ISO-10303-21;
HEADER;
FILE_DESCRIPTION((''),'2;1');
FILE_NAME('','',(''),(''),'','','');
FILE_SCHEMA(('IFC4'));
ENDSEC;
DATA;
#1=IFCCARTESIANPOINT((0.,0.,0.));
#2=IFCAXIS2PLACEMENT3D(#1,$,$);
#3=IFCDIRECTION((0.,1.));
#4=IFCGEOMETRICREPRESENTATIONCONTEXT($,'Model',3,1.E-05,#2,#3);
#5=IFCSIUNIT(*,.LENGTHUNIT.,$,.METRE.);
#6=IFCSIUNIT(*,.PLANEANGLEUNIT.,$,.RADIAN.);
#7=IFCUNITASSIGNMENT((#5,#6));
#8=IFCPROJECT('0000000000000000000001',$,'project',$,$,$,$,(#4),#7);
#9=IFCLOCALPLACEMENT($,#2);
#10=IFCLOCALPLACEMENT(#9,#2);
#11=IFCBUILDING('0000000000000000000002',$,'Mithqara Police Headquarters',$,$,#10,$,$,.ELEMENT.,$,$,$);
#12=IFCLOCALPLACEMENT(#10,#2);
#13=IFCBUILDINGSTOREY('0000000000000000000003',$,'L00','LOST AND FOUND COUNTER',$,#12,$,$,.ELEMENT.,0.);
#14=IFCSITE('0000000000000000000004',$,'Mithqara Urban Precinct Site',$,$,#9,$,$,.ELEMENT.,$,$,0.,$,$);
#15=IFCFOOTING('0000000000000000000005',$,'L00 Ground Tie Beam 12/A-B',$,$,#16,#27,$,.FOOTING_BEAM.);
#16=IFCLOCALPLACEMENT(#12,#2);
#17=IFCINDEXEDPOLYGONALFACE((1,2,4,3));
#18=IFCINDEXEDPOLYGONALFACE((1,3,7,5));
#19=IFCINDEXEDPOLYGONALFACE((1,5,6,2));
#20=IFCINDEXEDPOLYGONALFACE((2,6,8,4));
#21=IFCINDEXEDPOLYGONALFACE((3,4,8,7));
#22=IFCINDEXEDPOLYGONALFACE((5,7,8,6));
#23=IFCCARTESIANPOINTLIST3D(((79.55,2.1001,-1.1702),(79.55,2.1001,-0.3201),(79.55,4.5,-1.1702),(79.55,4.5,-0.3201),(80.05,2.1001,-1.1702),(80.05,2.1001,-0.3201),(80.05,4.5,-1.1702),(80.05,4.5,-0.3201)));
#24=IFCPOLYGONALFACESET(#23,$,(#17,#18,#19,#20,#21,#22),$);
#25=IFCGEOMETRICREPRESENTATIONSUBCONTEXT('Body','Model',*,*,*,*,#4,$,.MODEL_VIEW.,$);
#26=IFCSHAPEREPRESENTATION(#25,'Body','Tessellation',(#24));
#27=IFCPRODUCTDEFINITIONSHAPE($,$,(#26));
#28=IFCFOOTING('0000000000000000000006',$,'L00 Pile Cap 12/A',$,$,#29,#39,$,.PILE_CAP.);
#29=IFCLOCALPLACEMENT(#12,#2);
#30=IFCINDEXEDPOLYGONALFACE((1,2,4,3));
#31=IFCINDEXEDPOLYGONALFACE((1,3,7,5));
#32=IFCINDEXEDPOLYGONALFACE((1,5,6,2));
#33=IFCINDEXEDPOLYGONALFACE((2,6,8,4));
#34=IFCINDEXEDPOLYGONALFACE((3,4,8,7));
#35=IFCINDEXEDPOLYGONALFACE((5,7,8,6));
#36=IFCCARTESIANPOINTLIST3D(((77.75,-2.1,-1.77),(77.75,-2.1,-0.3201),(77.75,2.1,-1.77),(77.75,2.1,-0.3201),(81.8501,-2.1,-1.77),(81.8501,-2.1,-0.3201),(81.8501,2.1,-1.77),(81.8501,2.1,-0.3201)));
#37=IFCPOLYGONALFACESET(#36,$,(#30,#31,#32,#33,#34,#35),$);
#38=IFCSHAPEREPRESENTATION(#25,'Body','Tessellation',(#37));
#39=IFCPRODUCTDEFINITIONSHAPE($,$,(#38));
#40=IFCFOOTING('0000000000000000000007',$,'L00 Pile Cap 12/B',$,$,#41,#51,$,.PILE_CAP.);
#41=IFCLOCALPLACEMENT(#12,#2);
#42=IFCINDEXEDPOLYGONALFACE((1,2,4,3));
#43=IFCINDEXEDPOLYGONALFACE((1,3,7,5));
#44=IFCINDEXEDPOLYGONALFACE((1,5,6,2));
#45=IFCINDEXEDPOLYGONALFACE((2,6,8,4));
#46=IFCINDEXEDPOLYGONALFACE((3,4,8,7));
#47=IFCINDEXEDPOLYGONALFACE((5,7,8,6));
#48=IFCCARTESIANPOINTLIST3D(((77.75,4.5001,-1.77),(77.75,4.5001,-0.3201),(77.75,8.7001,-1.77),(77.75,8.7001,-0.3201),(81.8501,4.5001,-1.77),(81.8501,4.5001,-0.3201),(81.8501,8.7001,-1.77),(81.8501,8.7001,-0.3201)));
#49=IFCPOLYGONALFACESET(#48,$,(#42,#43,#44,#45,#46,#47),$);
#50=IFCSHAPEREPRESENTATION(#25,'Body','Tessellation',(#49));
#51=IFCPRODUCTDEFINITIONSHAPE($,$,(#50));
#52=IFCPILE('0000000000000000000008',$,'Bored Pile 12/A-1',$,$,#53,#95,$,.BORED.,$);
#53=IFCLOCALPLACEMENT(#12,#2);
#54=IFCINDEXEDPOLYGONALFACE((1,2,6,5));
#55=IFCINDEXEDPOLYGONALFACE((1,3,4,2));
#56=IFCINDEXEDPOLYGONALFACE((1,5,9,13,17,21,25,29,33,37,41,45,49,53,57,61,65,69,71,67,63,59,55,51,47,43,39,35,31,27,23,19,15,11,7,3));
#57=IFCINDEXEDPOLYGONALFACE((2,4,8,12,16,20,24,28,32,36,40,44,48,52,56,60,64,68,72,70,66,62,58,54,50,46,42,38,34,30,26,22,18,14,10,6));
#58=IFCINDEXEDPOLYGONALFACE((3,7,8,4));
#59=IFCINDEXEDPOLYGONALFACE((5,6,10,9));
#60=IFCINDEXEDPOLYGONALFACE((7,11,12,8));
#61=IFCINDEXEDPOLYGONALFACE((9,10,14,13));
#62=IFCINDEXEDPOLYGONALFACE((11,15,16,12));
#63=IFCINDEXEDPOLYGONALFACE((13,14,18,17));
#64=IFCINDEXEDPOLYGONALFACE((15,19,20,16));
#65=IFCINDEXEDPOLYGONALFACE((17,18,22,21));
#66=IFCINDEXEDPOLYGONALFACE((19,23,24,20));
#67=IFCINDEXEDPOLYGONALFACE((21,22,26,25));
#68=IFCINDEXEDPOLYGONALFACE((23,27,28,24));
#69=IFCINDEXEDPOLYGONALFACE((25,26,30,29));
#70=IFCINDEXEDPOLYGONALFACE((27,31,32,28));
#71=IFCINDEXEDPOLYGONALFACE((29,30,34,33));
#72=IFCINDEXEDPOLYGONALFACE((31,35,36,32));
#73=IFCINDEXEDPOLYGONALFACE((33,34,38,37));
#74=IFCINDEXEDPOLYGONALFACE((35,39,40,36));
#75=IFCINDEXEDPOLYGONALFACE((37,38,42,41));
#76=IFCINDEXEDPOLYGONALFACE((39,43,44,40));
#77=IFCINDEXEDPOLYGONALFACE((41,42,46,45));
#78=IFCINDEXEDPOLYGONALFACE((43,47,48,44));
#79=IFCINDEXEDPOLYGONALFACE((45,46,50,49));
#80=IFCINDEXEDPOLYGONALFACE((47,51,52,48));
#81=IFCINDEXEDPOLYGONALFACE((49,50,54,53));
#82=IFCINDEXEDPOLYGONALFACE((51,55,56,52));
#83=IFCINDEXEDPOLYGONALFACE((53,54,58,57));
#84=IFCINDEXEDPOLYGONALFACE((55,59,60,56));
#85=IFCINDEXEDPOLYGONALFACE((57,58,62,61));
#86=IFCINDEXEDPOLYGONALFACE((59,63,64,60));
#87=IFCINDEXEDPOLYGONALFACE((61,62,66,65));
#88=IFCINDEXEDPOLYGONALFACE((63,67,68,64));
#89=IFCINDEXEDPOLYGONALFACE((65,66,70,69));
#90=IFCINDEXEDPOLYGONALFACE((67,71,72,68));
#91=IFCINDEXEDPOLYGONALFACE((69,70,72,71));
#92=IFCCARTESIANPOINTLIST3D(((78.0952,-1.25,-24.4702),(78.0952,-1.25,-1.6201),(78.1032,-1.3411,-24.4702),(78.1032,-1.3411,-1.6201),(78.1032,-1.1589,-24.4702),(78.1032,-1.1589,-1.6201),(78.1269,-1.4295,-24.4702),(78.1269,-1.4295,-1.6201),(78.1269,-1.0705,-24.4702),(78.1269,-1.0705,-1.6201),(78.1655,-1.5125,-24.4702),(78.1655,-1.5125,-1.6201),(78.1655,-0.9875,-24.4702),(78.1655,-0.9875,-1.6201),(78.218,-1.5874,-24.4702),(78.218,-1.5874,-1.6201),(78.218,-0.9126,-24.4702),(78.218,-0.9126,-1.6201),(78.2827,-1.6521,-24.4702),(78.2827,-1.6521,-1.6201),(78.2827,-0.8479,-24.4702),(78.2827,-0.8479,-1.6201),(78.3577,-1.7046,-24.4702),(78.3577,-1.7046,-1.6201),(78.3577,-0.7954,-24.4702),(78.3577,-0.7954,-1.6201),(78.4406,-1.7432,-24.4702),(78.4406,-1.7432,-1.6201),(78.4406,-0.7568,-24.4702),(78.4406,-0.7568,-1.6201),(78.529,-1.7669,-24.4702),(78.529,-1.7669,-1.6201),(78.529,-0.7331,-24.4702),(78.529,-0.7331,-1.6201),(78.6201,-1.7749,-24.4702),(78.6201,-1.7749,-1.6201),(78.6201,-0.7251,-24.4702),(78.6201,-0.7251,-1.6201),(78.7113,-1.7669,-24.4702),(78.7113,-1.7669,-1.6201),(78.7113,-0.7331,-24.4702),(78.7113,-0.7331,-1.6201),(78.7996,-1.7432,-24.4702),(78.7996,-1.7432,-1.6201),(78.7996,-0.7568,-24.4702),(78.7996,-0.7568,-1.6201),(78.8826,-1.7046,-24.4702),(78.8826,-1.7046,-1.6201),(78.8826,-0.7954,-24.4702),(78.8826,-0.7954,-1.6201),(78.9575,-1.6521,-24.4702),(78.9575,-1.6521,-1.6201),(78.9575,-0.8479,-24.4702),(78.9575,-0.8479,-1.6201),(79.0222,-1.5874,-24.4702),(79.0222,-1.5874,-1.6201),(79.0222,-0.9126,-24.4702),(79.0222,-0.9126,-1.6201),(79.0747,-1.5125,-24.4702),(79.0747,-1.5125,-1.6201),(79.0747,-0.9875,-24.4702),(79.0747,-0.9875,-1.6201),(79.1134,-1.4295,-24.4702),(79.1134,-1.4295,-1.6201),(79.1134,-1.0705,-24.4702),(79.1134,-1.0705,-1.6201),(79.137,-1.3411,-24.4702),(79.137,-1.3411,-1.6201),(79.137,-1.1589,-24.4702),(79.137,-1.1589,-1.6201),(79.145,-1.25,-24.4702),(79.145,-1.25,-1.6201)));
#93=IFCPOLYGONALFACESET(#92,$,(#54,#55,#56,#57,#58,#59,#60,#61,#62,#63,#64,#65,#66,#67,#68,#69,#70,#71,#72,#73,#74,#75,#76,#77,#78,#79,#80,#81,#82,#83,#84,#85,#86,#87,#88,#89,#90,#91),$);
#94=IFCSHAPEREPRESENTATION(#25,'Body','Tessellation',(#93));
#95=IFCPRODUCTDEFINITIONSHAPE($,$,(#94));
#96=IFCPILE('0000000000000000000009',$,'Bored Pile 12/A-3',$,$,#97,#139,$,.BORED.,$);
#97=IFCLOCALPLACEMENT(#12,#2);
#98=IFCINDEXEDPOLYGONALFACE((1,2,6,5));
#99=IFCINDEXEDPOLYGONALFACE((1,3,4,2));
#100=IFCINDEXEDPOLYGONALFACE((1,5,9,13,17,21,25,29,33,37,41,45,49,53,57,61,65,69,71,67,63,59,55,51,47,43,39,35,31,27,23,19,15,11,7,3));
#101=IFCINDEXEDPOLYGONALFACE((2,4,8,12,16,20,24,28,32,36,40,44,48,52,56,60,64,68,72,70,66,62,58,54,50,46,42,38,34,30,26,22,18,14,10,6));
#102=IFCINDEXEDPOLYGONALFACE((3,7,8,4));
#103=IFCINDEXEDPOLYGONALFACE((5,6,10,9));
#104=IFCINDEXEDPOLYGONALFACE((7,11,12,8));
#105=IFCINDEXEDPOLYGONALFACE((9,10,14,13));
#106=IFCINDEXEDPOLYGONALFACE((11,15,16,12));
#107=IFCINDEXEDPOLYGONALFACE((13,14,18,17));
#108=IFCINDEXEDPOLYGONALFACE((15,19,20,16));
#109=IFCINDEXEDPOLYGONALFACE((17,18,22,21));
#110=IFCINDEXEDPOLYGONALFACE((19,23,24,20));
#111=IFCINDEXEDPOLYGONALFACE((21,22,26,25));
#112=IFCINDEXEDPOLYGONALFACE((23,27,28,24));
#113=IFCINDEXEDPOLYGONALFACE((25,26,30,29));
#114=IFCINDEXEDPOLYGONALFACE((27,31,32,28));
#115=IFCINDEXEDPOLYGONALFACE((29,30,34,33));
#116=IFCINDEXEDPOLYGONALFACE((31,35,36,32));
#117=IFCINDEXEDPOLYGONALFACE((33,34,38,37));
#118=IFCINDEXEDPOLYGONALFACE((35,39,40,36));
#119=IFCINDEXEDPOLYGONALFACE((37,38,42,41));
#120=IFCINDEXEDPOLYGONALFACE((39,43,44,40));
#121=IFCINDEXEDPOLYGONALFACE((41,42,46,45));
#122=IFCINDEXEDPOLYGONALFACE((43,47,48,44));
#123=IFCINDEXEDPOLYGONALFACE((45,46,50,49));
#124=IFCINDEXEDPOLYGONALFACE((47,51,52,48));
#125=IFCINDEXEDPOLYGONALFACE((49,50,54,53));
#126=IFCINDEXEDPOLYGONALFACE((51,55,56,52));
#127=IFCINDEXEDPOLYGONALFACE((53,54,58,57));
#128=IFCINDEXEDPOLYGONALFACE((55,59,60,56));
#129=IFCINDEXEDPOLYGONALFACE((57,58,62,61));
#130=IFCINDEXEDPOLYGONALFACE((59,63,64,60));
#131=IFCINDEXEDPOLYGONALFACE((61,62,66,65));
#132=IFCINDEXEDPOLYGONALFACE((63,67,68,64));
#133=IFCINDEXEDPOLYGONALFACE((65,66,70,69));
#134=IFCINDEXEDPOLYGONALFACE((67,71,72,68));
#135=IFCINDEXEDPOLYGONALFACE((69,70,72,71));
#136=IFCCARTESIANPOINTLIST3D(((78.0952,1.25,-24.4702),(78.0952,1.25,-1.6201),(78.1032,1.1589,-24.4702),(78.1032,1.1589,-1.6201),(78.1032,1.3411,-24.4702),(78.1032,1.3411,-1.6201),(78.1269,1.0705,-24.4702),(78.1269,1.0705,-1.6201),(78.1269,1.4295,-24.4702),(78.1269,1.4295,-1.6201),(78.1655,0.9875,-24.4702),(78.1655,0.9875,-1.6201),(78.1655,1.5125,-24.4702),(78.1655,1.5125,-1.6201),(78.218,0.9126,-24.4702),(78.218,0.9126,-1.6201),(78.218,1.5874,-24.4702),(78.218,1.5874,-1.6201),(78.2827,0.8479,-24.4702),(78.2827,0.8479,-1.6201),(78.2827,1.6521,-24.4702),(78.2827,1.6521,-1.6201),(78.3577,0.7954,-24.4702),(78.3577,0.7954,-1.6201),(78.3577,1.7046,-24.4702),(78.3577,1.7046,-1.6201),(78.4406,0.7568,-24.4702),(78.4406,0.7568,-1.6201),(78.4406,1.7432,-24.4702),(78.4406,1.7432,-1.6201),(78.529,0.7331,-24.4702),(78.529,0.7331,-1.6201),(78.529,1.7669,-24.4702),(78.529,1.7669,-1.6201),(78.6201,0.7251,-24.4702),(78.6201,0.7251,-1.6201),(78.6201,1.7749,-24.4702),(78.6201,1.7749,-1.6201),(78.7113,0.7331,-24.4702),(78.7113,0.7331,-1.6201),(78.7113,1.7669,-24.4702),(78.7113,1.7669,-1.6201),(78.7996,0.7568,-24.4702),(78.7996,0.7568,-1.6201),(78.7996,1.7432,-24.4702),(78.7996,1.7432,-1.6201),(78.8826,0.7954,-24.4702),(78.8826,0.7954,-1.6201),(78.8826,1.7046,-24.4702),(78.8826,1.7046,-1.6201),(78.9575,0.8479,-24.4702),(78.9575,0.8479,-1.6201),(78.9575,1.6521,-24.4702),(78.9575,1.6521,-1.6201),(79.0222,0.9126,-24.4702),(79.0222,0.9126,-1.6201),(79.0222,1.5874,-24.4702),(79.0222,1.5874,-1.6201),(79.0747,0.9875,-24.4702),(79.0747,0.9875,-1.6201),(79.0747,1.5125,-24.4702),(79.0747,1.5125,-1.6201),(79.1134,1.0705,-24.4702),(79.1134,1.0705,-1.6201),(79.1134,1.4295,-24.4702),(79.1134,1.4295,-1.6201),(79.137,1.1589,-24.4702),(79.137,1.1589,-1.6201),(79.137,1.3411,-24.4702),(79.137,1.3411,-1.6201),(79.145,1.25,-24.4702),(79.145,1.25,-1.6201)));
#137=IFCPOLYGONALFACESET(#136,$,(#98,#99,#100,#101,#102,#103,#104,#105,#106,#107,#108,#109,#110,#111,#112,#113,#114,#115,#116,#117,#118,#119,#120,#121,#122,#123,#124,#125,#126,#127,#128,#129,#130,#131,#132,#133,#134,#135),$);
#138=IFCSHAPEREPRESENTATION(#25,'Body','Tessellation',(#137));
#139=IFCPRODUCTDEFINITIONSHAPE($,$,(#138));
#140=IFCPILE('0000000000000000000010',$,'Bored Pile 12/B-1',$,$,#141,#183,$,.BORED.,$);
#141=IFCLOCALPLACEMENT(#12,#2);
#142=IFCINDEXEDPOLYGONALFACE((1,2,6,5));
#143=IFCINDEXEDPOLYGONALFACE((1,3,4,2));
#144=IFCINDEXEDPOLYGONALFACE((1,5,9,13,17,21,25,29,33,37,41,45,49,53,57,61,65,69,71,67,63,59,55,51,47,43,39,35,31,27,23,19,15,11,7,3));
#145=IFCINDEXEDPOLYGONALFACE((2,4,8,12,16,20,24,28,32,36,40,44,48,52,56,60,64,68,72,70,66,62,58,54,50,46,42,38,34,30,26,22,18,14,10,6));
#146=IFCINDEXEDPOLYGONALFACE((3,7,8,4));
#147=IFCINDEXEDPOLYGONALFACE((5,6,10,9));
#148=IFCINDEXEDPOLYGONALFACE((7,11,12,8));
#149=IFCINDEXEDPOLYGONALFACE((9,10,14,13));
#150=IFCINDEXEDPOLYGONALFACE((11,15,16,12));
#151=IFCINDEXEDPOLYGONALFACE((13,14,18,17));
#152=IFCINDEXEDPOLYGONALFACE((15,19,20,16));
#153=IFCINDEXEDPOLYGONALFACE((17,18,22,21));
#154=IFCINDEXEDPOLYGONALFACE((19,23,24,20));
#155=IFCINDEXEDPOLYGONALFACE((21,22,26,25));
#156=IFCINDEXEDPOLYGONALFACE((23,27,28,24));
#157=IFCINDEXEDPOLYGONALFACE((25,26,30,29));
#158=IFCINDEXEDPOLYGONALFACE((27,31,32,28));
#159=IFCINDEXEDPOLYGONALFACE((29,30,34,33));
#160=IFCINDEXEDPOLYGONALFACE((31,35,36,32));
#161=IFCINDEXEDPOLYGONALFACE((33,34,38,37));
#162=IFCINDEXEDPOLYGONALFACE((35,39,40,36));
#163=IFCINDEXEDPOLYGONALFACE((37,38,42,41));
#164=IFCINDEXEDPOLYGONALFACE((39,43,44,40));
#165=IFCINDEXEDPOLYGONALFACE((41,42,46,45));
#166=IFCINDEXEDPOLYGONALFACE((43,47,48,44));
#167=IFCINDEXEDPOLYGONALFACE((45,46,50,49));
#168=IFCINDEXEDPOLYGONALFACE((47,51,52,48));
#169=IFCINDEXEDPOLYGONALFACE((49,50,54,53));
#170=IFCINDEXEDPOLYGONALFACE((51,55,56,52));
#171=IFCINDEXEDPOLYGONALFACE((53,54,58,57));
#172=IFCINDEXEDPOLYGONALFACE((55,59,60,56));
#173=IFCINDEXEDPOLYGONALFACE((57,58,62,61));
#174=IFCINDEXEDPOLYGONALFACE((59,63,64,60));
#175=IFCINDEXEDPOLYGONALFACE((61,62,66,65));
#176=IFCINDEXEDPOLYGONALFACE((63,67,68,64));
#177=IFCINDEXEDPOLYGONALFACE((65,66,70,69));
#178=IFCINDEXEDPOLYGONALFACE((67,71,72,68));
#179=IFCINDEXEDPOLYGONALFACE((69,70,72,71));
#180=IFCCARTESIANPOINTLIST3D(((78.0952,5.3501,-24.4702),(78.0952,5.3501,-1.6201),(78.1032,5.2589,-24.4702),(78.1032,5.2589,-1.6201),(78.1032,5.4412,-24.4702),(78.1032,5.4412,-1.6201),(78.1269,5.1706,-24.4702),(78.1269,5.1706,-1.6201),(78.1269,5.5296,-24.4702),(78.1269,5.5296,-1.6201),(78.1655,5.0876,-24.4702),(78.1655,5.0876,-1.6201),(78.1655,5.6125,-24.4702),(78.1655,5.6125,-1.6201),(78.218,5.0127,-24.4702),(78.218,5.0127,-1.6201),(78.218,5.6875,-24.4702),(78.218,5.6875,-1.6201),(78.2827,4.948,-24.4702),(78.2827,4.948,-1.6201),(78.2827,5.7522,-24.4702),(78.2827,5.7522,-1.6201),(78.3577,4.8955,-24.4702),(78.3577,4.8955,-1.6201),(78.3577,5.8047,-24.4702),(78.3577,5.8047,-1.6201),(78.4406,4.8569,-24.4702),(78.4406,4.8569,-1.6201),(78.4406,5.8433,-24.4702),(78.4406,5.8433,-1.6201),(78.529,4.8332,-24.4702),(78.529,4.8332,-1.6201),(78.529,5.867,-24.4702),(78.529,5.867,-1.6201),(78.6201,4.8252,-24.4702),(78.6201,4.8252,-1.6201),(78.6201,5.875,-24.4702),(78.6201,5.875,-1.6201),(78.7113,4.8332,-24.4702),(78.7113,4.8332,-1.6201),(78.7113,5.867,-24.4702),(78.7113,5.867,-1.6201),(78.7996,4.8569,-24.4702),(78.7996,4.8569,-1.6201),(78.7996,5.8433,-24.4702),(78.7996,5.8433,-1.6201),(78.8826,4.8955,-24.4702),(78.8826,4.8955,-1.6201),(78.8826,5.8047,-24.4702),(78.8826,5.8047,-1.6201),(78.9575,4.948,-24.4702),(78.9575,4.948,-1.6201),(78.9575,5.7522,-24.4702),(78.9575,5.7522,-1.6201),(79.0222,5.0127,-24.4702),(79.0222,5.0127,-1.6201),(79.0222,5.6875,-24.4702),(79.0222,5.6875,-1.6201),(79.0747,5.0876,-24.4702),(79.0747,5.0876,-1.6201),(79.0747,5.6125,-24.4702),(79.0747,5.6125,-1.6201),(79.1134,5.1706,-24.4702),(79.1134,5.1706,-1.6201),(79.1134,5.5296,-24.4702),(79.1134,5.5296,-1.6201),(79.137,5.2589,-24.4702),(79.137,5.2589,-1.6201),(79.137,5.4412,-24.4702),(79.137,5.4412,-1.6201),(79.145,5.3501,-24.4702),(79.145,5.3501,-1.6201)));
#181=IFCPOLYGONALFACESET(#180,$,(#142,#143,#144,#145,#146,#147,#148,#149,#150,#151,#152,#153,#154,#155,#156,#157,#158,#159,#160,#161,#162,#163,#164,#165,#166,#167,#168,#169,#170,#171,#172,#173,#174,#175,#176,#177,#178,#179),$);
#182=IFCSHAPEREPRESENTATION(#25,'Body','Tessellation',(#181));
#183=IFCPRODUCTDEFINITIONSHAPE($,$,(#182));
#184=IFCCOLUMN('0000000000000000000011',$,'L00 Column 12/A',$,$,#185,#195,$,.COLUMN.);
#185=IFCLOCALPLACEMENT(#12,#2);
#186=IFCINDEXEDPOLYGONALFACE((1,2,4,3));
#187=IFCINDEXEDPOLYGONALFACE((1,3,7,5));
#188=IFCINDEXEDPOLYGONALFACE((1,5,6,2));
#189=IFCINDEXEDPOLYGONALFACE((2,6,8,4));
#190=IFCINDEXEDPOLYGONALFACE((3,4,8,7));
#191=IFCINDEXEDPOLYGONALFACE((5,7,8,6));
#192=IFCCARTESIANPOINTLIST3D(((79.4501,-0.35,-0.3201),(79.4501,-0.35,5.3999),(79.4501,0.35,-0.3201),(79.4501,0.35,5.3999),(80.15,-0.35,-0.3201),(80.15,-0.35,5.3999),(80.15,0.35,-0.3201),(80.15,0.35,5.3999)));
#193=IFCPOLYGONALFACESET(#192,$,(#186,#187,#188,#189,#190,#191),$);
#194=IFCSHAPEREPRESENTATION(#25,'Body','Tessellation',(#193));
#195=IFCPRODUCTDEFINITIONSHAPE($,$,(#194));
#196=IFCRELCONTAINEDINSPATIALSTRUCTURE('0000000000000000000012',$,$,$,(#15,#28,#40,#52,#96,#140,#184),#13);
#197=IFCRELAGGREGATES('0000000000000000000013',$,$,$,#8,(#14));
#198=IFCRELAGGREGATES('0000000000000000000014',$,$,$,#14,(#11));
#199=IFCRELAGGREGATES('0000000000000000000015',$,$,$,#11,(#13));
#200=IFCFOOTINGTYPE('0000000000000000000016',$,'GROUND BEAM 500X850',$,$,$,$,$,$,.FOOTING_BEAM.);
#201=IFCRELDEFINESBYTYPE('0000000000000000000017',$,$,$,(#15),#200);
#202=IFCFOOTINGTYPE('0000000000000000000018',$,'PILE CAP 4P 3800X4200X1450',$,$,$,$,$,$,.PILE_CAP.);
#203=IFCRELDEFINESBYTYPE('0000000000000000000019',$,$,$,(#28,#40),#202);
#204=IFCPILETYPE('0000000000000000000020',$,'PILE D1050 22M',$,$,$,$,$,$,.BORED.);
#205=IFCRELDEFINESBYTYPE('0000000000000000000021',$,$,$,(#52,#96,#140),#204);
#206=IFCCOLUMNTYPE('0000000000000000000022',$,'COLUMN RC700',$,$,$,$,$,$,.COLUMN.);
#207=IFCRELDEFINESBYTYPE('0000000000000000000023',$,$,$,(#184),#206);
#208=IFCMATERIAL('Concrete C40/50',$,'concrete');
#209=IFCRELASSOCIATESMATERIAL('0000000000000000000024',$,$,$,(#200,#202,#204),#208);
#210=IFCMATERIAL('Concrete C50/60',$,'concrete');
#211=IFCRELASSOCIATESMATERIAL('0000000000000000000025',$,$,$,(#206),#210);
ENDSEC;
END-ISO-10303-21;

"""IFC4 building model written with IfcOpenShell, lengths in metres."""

from ifc_helpers import new_model, si_unit, direction, frame, origin, origin_2d, place, context, subcontext, project, spatial, rectangle, circle, extrude, material, material_profile, profile_set, type_object, element, save


model = new_model("IFC4")

# Units and contexts
model_context = context("Model", 3, precision=1e-05, world=origin(), true_north=direction((0.0, 1.0)))
body_context = subcontext(model_context, "Body", "Model", "MODEL_VIEW")
ifc_project = project(units=[si_unit("LENGTHUNIT", "METRE"), si_unit("PLANEANGLEUNIT", "RADIAN")], contexts=[model_context])

# Site, building, storey
site_placement = place(None, origin())
site = spatial("IfcSite", under=ifc_project, at=site_placement, Name="Mithqara Urban Precinct Site", CompositionType="ELEMENT", RefElevation=0.0)
building_placement = place(site_placement, origin())
building = spatial("IfcBuilding", under=site, at=building_placement, Name="Mithqara Police Headquarters", CompositionType="ELEMENT")
storey_placement = place(building_placement, origin())
storey = spatial("IfcBuildingStorey", under=building, at=storey_placement, Name="L00", Description="LOST AND FOUND COUNTER", CompositionType="ELEMENT", Elevation=0.0)

# Footings
ifc_material_1 = material(Name="Concrete C40/50", Category="concrete")
footing_type_1 = type_object("IfcFootingType", Name="GROUND BEAM 500X850", PredefinedType="FOOTING_BEAM", material=ifc_material_1)
footing_placement = place(storey_placement, frame((79.8, 3.3, -1.1702), z_axis=(0.0, 0.0, 1.0), x_axis=(1.0, 0.0, 0.0)))
element("IfcFooting", 1, at=footing_placement, inside=storey, type_object=footing_type_1, Name="L00 Ground Tie Beam 12/A-B", PredefinedType="FOOTING_BEAM", context=body_context, shape_type="SweptSolid", body=[
    extrude(rectangle(XDim=0.5, YDim=2.3999, at=origin_2d()), origin(), (0.0, 0.0, 1.0), 0.8501),
])
footing_type_2 = type_object("IfcFootingType", Name="PILE CAP 4P 3800X4200X1450", PredefinedType="PILE_CAP", material=ifc_material_1)
for number, where, z_axis, x_axis, name in (
    (2, (79.8, 0.0, -1.77), (0.0, 0.0, 1.0), (1.0, 0.0, 0.0), "L00 Pile Cap 12/A"),
    (3, (79.8, 6.6001, -1.77), (0.0, 0.0, 1.0), (1.0, 0.0, 0.0), "L00 Pile Cap 12/B"),
):
    element("IfcFooting", number, at=place(storey_placement, frame(where, z_axis=z_axis, x_axis=x_axis)), inside=storey, type_object=footing_type_2, Name=name, PredefinedType="PILE_CAP", context=body_context, shape_type="SweptSolid", body=[
        extrude(rectangle(XDim=4.1001, YDim=4.2, at=origin_2d()), origin(), (0.0, 0.0, 1.0), 1.45),
    ])

# Piles
ifc_material_profile_1 = material_profile(ifc_material_1, circle(Radius=0.5249, at=origin_2d()), Name="PILE D1050")
ifc_profile_set_1 = profile_set([ifc_material_profile_1], Name="Concrete C40/50")
pile_type = type_object("IfcPileType", Name="PILE D1050 22M", PredefinedType="BORED", material=ifc_profile_set_1)
for number, where, z_axis, x_axis, name in (
    (4, (78.6201, -1.25, -1.6201), (0.0, 0.0, -1.0), (1.0, 0.0, 0.0), "Bored Pile 12/A-1"),
    (5, (78.6201, 1.25, -1.6201), (0.0, 0.0, -1.0), (1.0, 0.0, 0.0), "Bored Pile 12/A-3"),
    (6, (78.6201, 5.3501, -1.6201), (0.0, 0.0, -1.0), (1.0, 0.0, 0.0), "Bored Pile 12/B-1"),
):
    element("IfcPile", number, at=place(storey_placement, frame(where, z_axis=z_axis, x_axis=x_axis)), inside=storey, type_object=pile_type, Name=name, PredefinedType="BORED", context=body_context, shape_type="SweptSolid", body=[
        extrude(circle(Radius=0.5249, at=origin_2d()), origin(), (0.0, 0.0, 1.0), 22.8501),
    ])

# Column
ifc_material_2 = material(Name="Concrete C50/60", Category="concrete")
ifc_material_profile_2 = material_profile(ifc_material_2, rectangle(XDim=0.7, YDim=0.7, at=origin_2d()), Name="RC 700x700")
ifc_profile_set_2 = profile_set([ifc_material_profile_2], Name="Concrete C50/60")
column_type_1 = type_object("IfcColumnType", Name="COLUMN RC700", PredefinedType="COLUMN", material=ifc_profile_set_2)
column_1_placement = place(storey_placement, frame((79.8, 0.0, -0.3201), z_axis=(0.0, 0.0, 1.0), x_axis=(1.0, 0.0, 0.0)))
element("IfcColumn", 7, at=column_1_placement, inside=storey, type_object=column_type_1, Name="L00 Column 12/A", PredefinedType="COLUMN", context=body_context, shape_type="SweptSolid", body=[
    extrude(rectangle(XDim=0.7, YDim=0.7, at=origin_2d()), origin(), (0.0, 0.0, 1.0), 5.72),
])

save(model, "model.ifc")
